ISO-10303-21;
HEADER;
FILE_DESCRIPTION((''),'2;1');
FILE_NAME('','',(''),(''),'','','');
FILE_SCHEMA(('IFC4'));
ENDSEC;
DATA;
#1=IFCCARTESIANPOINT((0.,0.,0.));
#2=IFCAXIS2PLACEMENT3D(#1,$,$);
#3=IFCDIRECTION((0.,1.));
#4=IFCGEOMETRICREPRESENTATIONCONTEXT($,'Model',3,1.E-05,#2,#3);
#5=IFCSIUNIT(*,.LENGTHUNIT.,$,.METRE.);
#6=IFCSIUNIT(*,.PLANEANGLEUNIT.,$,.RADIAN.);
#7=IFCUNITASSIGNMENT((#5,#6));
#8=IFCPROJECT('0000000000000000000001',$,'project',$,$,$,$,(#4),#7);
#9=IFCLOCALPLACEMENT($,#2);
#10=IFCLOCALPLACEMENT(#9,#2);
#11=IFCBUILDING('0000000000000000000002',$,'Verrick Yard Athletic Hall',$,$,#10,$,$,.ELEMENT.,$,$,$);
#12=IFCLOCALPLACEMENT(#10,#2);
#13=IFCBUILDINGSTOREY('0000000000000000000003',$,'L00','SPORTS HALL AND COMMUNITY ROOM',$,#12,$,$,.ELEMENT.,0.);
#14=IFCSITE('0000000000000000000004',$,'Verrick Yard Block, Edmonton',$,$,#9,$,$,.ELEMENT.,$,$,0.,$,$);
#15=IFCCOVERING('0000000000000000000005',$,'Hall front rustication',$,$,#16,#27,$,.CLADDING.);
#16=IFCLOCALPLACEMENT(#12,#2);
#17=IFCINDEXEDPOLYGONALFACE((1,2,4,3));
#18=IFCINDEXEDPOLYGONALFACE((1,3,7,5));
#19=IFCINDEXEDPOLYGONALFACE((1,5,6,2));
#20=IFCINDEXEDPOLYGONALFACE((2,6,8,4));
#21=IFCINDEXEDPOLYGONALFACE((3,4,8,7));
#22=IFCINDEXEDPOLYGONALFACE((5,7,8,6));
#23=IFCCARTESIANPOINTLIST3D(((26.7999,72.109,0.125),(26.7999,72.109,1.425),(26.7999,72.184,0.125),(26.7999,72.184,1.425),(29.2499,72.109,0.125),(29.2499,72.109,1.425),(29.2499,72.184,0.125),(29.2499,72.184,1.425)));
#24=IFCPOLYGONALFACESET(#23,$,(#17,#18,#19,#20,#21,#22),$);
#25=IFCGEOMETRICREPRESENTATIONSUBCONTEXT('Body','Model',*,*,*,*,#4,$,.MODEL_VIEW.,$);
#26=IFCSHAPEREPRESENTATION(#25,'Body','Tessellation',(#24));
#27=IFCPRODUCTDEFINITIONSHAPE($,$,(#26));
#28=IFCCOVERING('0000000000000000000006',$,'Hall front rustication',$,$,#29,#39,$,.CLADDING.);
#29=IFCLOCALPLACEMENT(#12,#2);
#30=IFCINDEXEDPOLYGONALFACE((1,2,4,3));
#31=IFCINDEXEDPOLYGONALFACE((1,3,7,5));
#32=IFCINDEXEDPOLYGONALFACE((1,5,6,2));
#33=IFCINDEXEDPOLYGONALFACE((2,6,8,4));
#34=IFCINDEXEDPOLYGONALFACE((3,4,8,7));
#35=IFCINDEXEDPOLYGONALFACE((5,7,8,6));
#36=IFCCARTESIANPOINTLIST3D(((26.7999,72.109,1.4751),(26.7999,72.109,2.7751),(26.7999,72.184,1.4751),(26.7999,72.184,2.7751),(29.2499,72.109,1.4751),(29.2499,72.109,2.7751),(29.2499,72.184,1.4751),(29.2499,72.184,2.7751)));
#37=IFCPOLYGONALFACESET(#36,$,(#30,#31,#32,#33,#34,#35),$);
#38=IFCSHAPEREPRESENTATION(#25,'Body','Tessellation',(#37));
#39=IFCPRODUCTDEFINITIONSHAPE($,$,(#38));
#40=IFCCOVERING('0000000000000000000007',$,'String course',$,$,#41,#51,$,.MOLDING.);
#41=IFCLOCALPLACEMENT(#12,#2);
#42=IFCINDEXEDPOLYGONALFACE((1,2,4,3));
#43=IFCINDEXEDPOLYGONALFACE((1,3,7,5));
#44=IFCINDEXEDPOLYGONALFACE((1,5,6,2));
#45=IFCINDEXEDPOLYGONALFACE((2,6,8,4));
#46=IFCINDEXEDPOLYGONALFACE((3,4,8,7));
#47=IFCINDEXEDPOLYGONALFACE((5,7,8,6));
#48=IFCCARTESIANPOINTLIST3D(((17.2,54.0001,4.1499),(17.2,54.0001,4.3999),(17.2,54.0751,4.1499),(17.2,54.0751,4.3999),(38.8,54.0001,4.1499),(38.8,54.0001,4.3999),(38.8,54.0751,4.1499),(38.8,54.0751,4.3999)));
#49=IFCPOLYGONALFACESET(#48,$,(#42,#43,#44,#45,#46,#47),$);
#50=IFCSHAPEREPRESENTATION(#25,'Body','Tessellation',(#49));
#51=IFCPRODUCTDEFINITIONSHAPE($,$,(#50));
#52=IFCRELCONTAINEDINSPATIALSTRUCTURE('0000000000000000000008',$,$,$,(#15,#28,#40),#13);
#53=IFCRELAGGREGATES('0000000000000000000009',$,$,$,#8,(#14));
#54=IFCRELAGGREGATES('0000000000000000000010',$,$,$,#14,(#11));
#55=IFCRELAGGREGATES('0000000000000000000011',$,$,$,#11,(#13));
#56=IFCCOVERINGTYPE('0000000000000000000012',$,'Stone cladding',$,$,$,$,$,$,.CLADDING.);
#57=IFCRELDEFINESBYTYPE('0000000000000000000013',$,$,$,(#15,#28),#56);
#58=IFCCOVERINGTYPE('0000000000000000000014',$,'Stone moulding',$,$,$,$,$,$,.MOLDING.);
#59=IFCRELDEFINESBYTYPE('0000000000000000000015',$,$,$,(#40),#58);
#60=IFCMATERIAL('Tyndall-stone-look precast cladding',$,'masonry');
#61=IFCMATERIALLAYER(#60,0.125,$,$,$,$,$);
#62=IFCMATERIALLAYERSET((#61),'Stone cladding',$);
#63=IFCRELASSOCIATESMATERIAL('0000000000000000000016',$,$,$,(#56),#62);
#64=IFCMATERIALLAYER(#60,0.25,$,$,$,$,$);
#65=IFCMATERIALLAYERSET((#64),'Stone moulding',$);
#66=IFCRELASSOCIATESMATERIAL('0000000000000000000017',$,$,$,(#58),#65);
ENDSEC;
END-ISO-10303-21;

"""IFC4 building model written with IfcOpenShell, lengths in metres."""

from ifc_helpers import new_model, si_unit, direction, frame, origin, origin_2d, place, context, subcontext, project, spatial, rectangle, extrude, material, layer, layer_set, type_object, element, save


model = new_model("IFC4")

# Units and contexts
model_context = context("Model", 3, precision=1e-05, world=origin(), true_north=direction((0.0, 1.0)))
body_context = subcontext(model_context, "Body", "Model", "MODEL_VIEW")
ifc_project = project(units=[si_unit("LENGTHUNIT", "METRE"), si_unit("PLANEANGLEUNIT", "RADIAN")], contexts=[model_context])

# Site, building, storey
site_placement = place(None, origin())
site = spatial("IfcSite", under=ifc_project, at=site_placement, Name="Verrick Yard Block, Edmonton", CompositionType="ELEMENT", RefElevation=0.0)
building_placement = place(site_placement, origin())
building = spatial("IfcBuilding", under=site, at=building_placement, Name="Verrick Yard Athletic Hall", CompositionType="ELEMENT")
storey_placement = place(building_placement, origin())
storey = spatial("IfcBuildingStorey", under=building, at=storey_placement, Name="L00", Description="SPORTS HALL AND COMMUNITY ROOM", CompositionType="ELEMENT", Elevation=0.0)

# Coverings
ifc_material_1 = material(Name="Tyndall-stone-look precast cladding", Category="masonry")
ifc_layer_1 = layer(ifc_material_1, 0.125)
ifc_layer_set_1 = layer_set([ifc_layer_1], Name="Stone cladding")
covering_type_1 = type_object("IfcCoveringType", Name="Stone cladding", PredefinedType="CLADDING", material=ifc_layer_set_1)
for number, where, z_axis, x_axis, name in (
    (1, (28.0249, 72.1465, 0.125), (0.0, 0.0, 1.0), (1.0, 0.0, 0.0), "Hall front rustication"),
    (2, (28.0249, 72.1465, 1.4751), (0.0, 0.0, 1.0), (1.0, 0.0, 0.0), "Hall front rustication"),
):
    element("IfcCovering", number, at=place(storey_placement, frame(where, z_axis=z_axis, x_axis=x_axis)), inside=storey, type_object=covering_type_1, Name=name, PredefinedType="CLADDING", context=body_context, shape_type="SweptSolid", body=[
        extrude(rectangle(XDim=2.45, YDim=0.075, at=origin_2d()), origin(), (0.0, 0.0, 1.0), 1.3),
    ])
ifc_layer_2 = layer(ifc_material_1, 0.25)
ifc_layer_set_2 = layer_set([ifc_layer_2], Name="Stone moulding")
covering_type_2 = type_object("IfcCoveringType", Name="Stone moulding", PredefinedType="MOLDING", material=ifc_layer_set_2)
covering_1_placement = place(storey_placement, frame((28.0, 54.0376, 4.1499), z_axis=(0.0, 0.0, 1.0), x_axis=(1.0, 0.0, 0.0)))
element("IfcCovering", 3, at=covering_1_placement, inside=storey, type_object=covering_type_2, Name="String course", PredefinedType="MOLDING", context=body_context, shape_type="SweptSolid", body=[
    extrude(rectangle(XDim=21.6001, YDim=0.075, at=origin_2d()), origin(), (0.0, 0.0, 1.0), 0.25),
])

save(model, "model.ifc")
